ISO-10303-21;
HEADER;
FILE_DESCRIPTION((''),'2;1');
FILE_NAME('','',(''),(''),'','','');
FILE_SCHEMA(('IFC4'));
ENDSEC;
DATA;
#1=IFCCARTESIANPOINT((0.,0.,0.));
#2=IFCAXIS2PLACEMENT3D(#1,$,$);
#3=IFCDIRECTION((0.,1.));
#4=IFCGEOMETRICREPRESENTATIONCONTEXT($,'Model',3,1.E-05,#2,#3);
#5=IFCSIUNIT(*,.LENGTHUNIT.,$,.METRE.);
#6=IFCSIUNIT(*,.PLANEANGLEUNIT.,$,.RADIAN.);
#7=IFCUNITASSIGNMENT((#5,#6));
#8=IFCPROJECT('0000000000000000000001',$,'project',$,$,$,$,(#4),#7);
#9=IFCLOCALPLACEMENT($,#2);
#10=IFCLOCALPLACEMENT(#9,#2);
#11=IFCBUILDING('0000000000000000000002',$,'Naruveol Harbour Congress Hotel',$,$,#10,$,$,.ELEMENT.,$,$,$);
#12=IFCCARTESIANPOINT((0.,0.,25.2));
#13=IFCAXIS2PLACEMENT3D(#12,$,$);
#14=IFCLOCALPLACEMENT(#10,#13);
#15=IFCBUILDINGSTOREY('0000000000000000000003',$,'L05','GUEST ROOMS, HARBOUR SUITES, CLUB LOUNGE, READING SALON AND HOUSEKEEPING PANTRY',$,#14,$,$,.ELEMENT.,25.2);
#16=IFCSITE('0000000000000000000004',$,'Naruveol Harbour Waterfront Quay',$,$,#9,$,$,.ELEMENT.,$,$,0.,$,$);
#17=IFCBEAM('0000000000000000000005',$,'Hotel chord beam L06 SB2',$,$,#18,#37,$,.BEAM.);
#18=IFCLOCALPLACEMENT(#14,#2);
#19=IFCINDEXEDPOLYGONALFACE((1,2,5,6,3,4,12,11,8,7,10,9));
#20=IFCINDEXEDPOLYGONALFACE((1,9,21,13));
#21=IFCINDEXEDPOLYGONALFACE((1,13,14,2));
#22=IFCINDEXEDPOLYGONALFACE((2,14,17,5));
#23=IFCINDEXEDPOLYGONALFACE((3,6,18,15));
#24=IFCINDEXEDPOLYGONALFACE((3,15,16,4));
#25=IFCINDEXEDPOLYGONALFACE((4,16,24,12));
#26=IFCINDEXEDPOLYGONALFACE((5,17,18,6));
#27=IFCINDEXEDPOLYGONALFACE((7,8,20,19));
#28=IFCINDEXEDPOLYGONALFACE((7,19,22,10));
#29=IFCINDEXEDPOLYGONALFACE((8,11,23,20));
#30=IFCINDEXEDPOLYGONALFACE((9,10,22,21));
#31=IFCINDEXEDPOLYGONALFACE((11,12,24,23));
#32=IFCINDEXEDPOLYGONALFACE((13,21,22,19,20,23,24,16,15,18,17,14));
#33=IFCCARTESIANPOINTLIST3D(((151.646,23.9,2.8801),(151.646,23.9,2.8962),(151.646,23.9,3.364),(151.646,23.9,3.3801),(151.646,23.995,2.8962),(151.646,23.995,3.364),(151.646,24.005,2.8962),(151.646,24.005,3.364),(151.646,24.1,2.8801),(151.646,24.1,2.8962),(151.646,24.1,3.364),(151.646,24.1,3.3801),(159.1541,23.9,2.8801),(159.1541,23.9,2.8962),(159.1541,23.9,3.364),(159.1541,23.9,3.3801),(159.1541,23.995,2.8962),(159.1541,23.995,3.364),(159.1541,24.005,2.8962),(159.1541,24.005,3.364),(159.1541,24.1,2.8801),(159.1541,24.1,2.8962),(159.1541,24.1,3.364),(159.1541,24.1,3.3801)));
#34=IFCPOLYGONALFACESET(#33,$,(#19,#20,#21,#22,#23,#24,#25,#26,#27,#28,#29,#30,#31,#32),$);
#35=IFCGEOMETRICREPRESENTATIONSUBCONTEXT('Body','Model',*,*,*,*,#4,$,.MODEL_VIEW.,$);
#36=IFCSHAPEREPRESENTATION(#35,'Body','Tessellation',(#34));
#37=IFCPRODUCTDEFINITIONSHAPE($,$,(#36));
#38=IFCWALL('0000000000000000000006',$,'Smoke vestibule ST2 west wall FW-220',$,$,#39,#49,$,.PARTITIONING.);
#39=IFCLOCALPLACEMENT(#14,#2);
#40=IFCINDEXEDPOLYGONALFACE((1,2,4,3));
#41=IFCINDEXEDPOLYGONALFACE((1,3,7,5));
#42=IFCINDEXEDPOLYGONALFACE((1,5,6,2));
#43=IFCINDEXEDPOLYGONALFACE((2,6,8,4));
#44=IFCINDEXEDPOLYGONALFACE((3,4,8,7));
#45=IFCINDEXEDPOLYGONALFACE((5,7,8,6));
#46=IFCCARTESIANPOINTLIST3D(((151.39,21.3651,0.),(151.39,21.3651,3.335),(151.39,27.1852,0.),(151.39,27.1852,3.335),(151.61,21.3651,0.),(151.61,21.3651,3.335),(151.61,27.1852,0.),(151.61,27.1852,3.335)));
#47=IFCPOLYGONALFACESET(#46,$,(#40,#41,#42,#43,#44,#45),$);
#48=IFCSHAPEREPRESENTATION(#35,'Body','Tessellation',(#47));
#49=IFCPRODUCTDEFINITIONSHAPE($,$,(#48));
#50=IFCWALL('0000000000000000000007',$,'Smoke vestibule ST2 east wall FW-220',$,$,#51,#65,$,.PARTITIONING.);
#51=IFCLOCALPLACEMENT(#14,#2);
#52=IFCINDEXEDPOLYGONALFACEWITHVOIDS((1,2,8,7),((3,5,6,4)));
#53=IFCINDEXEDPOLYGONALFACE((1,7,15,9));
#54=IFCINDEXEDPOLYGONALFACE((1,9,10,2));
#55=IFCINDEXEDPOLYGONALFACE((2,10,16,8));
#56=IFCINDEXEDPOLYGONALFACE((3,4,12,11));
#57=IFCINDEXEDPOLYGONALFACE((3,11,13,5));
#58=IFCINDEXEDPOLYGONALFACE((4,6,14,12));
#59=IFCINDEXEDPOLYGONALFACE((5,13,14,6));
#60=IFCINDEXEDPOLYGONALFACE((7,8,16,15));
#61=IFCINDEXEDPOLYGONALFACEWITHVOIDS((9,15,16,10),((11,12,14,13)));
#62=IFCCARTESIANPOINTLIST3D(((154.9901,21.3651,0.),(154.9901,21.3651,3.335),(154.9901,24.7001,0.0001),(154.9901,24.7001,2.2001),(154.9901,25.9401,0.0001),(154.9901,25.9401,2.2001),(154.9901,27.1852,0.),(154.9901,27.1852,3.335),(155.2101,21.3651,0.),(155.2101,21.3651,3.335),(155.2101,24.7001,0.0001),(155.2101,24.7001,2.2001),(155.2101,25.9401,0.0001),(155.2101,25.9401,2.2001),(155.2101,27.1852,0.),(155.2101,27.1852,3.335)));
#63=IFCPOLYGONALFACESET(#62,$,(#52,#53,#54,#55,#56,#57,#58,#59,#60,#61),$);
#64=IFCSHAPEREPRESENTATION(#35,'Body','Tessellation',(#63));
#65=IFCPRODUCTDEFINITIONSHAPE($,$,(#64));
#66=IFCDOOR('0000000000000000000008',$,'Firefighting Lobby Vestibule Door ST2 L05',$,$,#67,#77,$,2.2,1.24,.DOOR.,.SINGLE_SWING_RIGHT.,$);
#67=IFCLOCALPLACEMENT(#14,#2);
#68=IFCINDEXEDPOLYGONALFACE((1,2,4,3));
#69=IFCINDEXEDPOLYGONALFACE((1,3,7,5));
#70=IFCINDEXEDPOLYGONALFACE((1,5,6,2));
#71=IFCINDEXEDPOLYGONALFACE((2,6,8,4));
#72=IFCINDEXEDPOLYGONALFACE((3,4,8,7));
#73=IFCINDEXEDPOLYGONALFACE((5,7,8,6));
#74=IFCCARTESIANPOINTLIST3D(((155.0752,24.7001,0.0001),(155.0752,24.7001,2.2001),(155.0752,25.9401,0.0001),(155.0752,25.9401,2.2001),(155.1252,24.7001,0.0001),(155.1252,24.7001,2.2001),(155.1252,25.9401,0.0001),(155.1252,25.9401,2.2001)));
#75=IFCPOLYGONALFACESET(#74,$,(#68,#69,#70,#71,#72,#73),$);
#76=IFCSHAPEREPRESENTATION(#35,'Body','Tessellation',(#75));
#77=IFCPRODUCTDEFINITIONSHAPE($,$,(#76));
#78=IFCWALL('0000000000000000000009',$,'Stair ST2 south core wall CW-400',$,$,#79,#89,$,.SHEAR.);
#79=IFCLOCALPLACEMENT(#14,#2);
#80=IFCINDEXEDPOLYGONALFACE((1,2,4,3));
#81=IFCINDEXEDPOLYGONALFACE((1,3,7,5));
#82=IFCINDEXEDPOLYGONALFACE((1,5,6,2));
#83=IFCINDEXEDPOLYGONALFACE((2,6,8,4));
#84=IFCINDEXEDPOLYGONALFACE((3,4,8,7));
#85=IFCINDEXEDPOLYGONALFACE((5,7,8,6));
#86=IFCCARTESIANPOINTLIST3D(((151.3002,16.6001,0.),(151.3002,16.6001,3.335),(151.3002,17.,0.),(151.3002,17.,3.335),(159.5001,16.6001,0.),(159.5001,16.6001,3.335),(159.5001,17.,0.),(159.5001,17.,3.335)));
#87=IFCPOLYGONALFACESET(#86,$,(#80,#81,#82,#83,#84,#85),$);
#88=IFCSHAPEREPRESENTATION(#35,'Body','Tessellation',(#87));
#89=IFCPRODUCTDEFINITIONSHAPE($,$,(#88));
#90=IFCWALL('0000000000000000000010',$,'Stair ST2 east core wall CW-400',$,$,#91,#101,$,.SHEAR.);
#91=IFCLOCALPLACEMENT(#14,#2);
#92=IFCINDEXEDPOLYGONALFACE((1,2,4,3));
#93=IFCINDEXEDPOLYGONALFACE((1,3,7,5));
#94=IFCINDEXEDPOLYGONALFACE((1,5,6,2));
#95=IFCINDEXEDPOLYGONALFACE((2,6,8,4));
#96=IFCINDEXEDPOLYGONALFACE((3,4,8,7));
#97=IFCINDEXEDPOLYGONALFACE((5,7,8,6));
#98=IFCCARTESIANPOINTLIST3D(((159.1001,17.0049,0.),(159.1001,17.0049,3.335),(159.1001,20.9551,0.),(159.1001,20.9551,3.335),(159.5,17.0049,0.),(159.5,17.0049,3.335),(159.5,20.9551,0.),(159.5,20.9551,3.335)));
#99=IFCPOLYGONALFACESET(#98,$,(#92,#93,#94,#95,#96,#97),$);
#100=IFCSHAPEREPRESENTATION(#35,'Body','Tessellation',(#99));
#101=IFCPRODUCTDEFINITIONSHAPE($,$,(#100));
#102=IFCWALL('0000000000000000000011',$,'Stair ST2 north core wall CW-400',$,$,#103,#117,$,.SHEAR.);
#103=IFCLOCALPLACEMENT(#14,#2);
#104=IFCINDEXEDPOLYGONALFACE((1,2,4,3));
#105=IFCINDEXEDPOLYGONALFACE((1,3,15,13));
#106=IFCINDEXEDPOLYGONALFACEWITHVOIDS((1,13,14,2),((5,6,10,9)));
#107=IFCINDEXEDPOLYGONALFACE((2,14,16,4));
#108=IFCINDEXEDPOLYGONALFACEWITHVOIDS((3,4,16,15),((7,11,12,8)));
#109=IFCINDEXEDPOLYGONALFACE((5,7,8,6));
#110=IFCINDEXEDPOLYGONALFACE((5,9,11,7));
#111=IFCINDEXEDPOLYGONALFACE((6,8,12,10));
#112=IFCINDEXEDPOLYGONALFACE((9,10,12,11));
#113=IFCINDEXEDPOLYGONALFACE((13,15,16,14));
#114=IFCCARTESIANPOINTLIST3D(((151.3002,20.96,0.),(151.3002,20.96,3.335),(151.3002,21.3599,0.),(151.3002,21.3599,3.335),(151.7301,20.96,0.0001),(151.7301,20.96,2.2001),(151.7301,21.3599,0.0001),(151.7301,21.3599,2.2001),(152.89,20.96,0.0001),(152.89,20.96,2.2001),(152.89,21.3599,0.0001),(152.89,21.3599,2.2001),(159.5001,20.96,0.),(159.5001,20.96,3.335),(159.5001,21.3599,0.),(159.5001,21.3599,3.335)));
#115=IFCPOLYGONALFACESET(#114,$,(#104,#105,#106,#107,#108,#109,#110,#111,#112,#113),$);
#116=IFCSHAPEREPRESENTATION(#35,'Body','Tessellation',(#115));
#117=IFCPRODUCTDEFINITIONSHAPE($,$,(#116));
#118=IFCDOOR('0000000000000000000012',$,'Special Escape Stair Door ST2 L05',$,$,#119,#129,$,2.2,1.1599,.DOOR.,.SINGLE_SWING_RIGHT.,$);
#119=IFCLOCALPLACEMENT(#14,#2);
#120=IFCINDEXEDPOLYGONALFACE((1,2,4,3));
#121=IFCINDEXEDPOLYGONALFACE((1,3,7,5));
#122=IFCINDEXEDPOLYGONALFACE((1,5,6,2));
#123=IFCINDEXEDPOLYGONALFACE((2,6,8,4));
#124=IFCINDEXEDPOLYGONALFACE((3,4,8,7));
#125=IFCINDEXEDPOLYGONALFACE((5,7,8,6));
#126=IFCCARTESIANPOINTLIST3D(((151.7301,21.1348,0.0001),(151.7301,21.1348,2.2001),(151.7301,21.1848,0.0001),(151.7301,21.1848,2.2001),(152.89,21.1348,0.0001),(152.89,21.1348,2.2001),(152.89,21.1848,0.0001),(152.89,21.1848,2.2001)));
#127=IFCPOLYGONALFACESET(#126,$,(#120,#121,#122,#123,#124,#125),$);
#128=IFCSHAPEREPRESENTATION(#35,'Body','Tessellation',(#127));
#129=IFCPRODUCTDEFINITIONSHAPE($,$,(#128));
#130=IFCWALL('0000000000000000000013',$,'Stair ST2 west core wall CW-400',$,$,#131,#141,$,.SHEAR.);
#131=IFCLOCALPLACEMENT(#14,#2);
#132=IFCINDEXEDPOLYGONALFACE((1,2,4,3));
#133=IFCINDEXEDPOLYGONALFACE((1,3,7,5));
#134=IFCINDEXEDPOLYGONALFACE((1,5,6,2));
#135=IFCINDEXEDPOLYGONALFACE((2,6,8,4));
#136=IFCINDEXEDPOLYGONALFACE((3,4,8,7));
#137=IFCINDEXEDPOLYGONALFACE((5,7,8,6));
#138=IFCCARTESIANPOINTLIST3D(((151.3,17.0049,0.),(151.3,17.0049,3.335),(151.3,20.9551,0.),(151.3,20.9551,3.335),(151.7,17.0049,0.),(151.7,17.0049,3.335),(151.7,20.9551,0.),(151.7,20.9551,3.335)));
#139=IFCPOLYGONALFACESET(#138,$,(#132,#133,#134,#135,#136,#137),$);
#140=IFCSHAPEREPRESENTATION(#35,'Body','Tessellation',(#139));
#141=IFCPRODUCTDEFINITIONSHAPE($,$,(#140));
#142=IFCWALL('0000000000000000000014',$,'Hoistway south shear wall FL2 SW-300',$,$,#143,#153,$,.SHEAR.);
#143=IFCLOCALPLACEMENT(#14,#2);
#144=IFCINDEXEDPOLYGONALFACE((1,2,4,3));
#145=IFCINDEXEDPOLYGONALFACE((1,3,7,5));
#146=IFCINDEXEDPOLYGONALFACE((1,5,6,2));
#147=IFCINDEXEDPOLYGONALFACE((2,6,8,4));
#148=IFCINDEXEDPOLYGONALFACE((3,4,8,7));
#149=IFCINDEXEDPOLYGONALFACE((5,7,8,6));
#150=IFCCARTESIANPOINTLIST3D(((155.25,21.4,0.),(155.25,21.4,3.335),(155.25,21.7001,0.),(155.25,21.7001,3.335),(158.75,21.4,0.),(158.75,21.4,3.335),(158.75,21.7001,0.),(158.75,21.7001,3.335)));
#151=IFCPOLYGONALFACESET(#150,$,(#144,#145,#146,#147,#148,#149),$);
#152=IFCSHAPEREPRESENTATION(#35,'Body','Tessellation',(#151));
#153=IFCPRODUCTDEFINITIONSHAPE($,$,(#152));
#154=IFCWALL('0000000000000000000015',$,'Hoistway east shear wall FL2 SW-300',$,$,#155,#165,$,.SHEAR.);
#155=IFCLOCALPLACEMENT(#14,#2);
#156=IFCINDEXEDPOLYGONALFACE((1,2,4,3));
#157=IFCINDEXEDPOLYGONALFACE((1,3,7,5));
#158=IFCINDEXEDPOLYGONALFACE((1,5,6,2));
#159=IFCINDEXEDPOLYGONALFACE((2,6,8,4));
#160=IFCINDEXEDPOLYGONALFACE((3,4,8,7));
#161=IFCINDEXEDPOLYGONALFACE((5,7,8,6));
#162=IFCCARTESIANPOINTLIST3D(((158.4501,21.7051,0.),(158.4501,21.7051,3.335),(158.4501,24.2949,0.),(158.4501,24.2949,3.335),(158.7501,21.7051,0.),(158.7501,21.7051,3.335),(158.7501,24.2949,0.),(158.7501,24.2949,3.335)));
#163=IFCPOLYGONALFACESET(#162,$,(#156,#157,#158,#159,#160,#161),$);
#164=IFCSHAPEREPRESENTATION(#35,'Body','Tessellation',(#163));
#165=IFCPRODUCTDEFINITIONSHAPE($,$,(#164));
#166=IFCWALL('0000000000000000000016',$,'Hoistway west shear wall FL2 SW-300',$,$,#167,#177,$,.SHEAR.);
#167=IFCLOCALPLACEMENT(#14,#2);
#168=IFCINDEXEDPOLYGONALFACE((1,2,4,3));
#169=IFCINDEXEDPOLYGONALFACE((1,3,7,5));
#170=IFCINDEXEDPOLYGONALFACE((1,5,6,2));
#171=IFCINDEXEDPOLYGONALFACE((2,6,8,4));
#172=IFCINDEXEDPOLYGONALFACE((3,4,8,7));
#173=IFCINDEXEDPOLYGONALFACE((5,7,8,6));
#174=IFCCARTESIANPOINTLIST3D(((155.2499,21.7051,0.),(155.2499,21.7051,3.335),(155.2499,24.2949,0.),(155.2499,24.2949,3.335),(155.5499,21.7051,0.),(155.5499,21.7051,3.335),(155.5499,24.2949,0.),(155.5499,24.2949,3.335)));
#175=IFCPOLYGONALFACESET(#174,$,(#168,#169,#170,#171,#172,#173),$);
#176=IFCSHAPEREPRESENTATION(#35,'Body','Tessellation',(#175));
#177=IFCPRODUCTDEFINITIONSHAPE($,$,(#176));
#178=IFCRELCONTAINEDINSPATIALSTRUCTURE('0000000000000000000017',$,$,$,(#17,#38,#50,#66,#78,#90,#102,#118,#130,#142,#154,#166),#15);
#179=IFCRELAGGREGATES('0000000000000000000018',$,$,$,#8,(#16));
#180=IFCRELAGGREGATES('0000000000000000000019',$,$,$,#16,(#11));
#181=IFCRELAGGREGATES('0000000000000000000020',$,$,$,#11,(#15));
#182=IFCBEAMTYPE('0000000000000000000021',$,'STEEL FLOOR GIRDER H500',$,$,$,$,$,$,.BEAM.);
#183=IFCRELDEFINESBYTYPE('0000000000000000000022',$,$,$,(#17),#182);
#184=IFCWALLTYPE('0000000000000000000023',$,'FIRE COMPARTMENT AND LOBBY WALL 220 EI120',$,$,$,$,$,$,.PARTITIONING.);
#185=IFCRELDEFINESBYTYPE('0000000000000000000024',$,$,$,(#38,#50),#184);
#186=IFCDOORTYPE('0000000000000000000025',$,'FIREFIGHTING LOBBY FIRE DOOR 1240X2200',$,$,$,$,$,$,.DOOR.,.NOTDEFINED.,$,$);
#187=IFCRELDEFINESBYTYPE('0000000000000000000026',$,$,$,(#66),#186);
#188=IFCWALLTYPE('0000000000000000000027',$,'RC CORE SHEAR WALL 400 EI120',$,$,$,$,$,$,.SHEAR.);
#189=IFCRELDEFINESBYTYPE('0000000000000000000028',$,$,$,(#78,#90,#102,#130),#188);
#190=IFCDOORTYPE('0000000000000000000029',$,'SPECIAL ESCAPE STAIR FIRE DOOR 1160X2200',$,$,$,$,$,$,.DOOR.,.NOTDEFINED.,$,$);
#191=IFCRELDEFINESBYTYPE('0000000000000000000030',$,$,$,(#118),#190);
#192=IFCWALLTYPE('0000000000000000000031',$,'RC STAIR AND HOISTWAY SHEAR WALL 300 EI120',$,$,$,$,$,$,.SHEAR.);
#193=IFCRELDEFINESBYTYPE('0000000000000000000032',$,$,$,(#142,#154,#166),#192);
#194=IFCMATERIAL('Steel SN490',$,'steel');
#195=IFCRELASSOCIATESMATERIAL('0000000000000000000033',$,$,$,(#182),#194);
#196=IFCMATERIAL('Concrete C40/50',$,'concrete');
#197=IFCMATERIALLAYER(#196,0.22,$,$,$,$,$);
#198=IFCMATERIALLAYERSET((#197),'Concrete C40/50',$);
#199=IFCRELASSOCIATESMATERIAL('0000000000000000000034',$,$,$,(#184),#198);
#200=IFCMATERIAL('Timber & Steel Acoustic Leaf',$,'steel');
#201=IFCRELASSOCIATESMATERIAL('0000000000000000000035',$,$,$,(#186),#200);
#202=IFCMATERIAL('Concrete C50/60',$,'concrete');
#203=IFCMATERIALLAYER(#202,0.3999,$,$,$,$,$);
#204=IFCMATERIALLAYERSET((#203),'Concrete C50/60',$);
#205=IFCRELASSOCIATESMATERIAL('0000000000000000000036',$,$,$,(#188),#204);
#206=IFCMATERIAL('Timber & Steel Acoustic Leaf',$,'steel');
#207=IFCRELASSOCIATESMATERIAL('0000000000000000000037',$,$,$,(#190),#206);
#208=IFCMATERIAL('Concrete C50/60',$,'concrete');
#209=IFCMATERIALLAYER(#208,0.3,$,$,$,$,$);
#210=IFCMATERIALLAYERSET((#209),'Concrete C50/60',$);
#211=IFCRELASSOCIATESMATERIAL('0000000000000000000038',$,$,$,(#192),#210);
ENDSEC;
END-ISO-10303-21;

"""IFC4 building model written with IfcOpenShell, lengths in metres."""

from ifc_helpers import new_model, si_unit, direction, frame, frame_2d, origin, origin_2d, place, context, subcontext, project, spatial, rectangle, i_section, extrude, material, layer, layer_set, material_profile, profile_set, type_object, element, fill, save


model = new_model("IFC4")

# Units and contexts
model_context = context("Model", 3, precision=1e-05, world=origin(), true_north=direction((0.0, 1.0)))
body_context = subcontext(model_context, "Body", "Model", "MODEL_VIEW")
ifc_project = project(units=[si_unit("LENGTHUNIT", "METRE"), si_unit("PLANEANGLEUNIT", "RADIAN")], contexts=[model_context])

# Site, building, storey
site_placement = place(None, origin())
site = spatial("IfcSite", under=ifc_project, at=site_placement, Name="Naruveol Harbour Waterfront Quay", CompositionType="ELEMENT", RefElevation=0.0)
building_placement = place(site_placement, origin())
building = spatial("IfcBuilding", under=site, at=building_placement, Name="Naruveol Harbour Congress Hotel", CompositionType="ELEMENT")
storey_placement = place(building_placement, frame((0.0, 0.0, 25.2)))
storey = spatial("IfcBuildingStorey", under=building, at=storey_placement, Name="L05", Description="GUEST ROOMS, HARBOUR SUITES, CLUB LOUNGE, READING SALON AND HOUSEKEEPING PANTRY", CompositionType="ELEMENT", Elevation=25.2)

# Beam
ifc_material_1 = material(Name="Steel SN490", Category="steel")
ifc_material_profile_1 = material_profile(ifc_material_1, i_section(OverallWidth=0.2, OverallDepth=0.5, WebThickness=0.01, FlangeThickness=0.0161, at=origin_2d()), Name="H-500x200x10x16")
ifc_profile_set_1 = profile_set([ifc_material_profile_1], Name="Steel SN490")
beam_type_1 = type_object("IfcBeamType", Name="STEEL FLOOR GIRDER H500", PredefinedType="BEAM", material=ifc_profile_set_1)
beam_1_placement = place(storey_placement, frame((151.646, 24.0, 3.1301), z_axis=(1.0, 0.0, 0.0), x_axis=(0.0, 1.0, 0.0)))
element("IfcBeam", 1, at=beam_1_placement, inside=storey, type_object=beam_type_1, Name="Hotel chord beam L06 SB2", PredefinedType="BEAM", context=body_context, shape_type="SweptSolid", body=[
    extrude(i_section(OverallWidth=0.2, OverallDepth=0.5, WebThickness=0.01, FlangeThickness=0.0161, at=origin_2d()), origin(), (0.0, 0.0, 1.0), 7.5081),
])

# Wall
ifc_material_2 = material(Name="Concrete C40/50", Category="concrete")
ifc_layer_1 = layer(ifc_material_2, 0.22)
ifc_layer_set_1 = layer_set([ifc_layer_1], Name="Concrete C40/50")
wall_type_1 = type_object("IfcWallType", Name="FIRE COMPARTMENT AND LOBBY WALL 220 EI120", PredefinedType="PARTITIONING", material=ifc_layer_set_1)
wall_1_placement = place(storey_placement, frame((151.5, 21.365, 0.0), z_axis=(0.0, 0.0, 1.0), x_axis=(0.0, 1.0, 0.0)))
element("IfcWall", 2, at=wall_1_placement, inside=storey, type_object=wall_type_1, Name="Smoke vestibule ST2 west wall FW-220", PredefinedType="PARTITIONING", context=body_context, shape_type="SweptSolid", body=[
    extrude(rectangle(XDim=5.8201, YDim=0.22, at=frame_2d((2.9102, 0.0))), origin(), (0.0, 0.0, 1.0), 3.335),
])

# Wall, opening, door
wall_2_placement = place(storey_placement, frame((155.1001, 21.365, 0.0), z_axis=(0.0, 0.0, 1.0), x_axis=(0.0, 1.0, 0.0)))
wall_2 = element("IfcWall", 3, at=wall_2_placement, inside=storey, type_object=wall_type_1, Name="Smoke vestibule ST2 east wall FW-220", PredefinedType="PARTITIONING", context=body_context, shape_type="SweptSolid", body=[
    extrude(rectangle(XDim=5.8201, YDim=0.22, at=frame_2d((2.9102, 0.0))), origin(), (0.0, 0.0, 1.0), 3.335),
])
opening_1_placement = place(wall_2_placement, frame((3.335, 0.0, 0.0)))
opening_1 = element("IfcOpeningElement", 4, at=opening_1_placement, cuts=wall_2, PredefinedType="OPENING", context=body_context, shape_type="SweptSolid", body=[
    extrude(rectangle(XDim=1.24, YDim=2.2, at=frame_2d((0.6201, 1.1001))), frame((0.0, 0.1199, 0.0), z_axis=(0.0, -1.0, 0.0), x_axis=(1.0, 0.0, 0.0)), (0.0, 0.0, 1.0), 0.24),
])
ifc_material_3 = material(Name="Timber & Steel Acoustic Leaf", Category="steel")
door_type_1 = type_object("IfcDoorType", Name="FIREFIGHTING LOBBY FIRE DOOR 1240X2200", OperationType="NOTDEFINED", PredefinedType="DOOR", material=ifc_material_3)
door_1_placement = place(opening_1_placement, origin())
door_1 = element("IfcDoor", 5, at=door_1_placement, inside=storey, type_object=door_type_1, Name="Firefighting Lobby Vestibule Door ST2 L05", OperationType="SINGLE_SWING_RIGHT", OverallHeight=2.2, OverallWidth=1.24, PredefinedType="DOOR", context=body_context, shape_type="SweptSolid", body=[
    extrude(rectangle(XDim=1.24, YDim=2.2, at=frame_2d((0.6201, 1.1001))), frame((0.0, 0.0249, 0.0), z_axis=(0.0, -1.0, 0.0), x_axis=(1.0, 0.0, 0.0)), (0.0, 0.0, 1.0), 0.05),
])
fill(opening_1, door_1)

# Walls
ifc_material_4 = material(Name="Concrete C50/60", Category="concrete")
ifc_layer_2 = layer(ifc_material_4, 0.3999)
ifc_layer_set_2 = layer_set([ifc_layer_2], Name="Concrete C50/60")
wall_type_2 = type_object("IfcWallType", Name="RC CORE SHEAR WALL 400 EI120", PredefinedType="SHEAR", material=ifc_layer_set_2)
wall_3_placement = place(storey_placement, frame((151.3, 16.8, 0.0), z_axis=(0.0, 0.0, 1.0), x_axis=(1.0, 0.0, 0.0)))
element("IfcWall", 6, at=wall_3_placement, inside=storey, type_object=wall_type_2, Name="Stair ST2 south core wall CW-400", PredefinedType="SHEAR", context=body_context, shape_type="SweptSolid", body=[
    extrude(rectangle(XDim=8.2, YDim=0.3999, at=frame_2d((4.1001, 0.0))), origin(), (0.0, 0.0, 1.0), 3.335),
])
wall_4_placement = place(storey_placement, frame((159.3, 17.0049, 0.0), z_axis=(0.0, 0.0, 1.0), x_axis=(0.0, 1.0, 0.0)))
element("IfcWall", 7, at=wall_4_placement, inside=storey, type_object=wall_type_2, Name="Stair ST2 east core wall CW-400", PredefinedType="SHEAR", context=body_context, shape_type="SweptSolid", body=[
    extrude(rectangle(XDim=3.9502, YDim=0.3999, at=frame_2d((1.9751, 0.0))), origin(), (0.0, 0.0, 1.0), 3.335),
])

# Wall, opening, door
wall_5_placement = place(storey_placement, frame((151.3, 21.1599, 0.0), z_axis=(0.0, 0.0, 1.0), x_axis=(1.0, 0.0, 0.0)))
wall_5 = element("IfcWall", 8, at=wall_5_placement, inside=storey, type_object=wall_type_2, Name="Stair ST2 north core wall CW-400", PredefinedType="SHEAR", context=body_context, shape_type="SweptSolid", body=[
    extrude(rectangle(XDim=8.2, YDim=0.3999, at=frame_2d((4.1001, 0.0))), origin(), (0.0, 0.0, 1.0), 3.335),
])
opening_2_placement = place(wall_5_placement, frame((0.4299, 0.0, 0.0)))
opening_2 = element("IfcOpeningElement", 9, at=opening_2_placement, cuts=wall_5, PredefinedType="OPENING", context=body_context, shape_type="SweptSolid", body=[
    extrude(rectangle(XDim=1.1599, YDim=2.2, at=frame_2d((0.5801, 1.1001))), frame((0.0, 0.21, 0.0), z_axis=(0.0, -1.0, 0.0), x_axis=(1.0, 0.0, 0.0)), (0.0, 0.0, 1.0), 0.4199),
])
ifc_material_5 = material(Name="Timber & Steel Acoustic Leaf", Category="steel")
door_type_2 = type_object("IfcDoorType", Name="SPECIAL ESCAPE STAIR FIRE DOOR 1160X2200", OperationType="NOTDEFINED", PredefinedType="DOOR", material=ifc_material_5)
door_2_placement = place(opening_2_placement, origin())
door_2 = element("IfcDoor", 10, at=door_2_placement, inside=storey, type_object=door_type_2, Name="Special Escape Stair Door ST2 L05", OperationType="SINGLE_SWING_RIGHT", OverallHeight=2.2, OverallWidth=1.1599, PredefinedType="DOOR", context=body_context, shape_type="SweptSolid", body=[
    extrude(rectangle(XDim=1.1599, YDim=2.2, at=frame_2d((0.5801, 1.1001))), frame((0.0, 0.0249, 0.0), z_axis=(0.0, -1.0, 0.0), x_axis=(1.0, 0.0, 0.0)), (0.0, 0.0, 1.0), 0.05),
])
fill(opening_2, door_2)

# Walls
wall_6_placement = place(storey_placement, frame((151.5, 17.0049, 0.0), z_axis=(0.0, 0.0, 1.0), x_axis=(0.0, 1.0, 0.0)))
element("IfcWall", 11, at=wall_6_placement, inside=storey, type_object=wall_type_2, Name="Stair ST2 west core wall CW-400", PredefinedType="SHEAR", context=body_context, shape_type="SweptSolid", body=[
    extrude(rectangle(XDim=3.9502, YDim=0.3999, at=frame_2d((1.9751, 0.0))), origin(), (0.0, 0.0, 1.0), 3.335),
])
ifc_material_6 = material(Name="Concrete C50/60", Category="concrete")
ifc_layer_3 = layer(ifc_material_6, 0.3)
ifc_layer_set_3 = layer_set([ifc_layer_3], Name="Concrete C50/60")
wall_type_3 = type_object("IfcWallType", Name="RC STAIR AND HOISTWAY SHEAR WALL 300 EI120", PredefinedType="SHEAR", material=ifc_layer_set_3)
wall_7_placement = place(storey_placement, frame((155.25, 21.55, 0.0), z_axis=(0.0, 0.0, 1.0), x_axis=(1.0, 0.0, 0.0)))
element("IfcWall", 12, at=wall_7_placement, inside=storey, type_object=wall_type_3, Name="Hoistway south shear wall FL2 SW-300", PredefinedType="SHEAR", context=body_context, shape_type="SweptSolid", body=[
    extrude(rectangle(XDim=3.5, YDim=0.3, at=frame_2d((1.75, 0.0))), origin(), (0.0, 0.0, 1.0), 3.335),
])
for number, where, z_axis, x_axis, name in (
    (13, (158.6001, 21.7051, 0.0), (0.0, 0.0, 1.0), (0.0, 1.0, 0.0), "Hoistway east shear wall FL2 SW-300"),
    (14, (155.3999, 24.2949, 0.0), (0.0, 0.0, 1.0), (0.0, -1.0, 0.0), "Hoistway west shear wall FL2 SW-300"),
):
    element("IfcWall", number, at=place(storey_placement, frame(where, z_axis=z_axis, x_axis=x_axis)), inside=storey, type_object=wall_type_3, Name=name, PredefinedType="SHEAR", context=body_context, shape_type="SweptSolid", body=[
        extrude(rectangle(XDim=2.5898, YDim=0.3, at=frame_2d((1.2949, 0.0))), origin(), (0.0, 0.0, 1.0), 3.335),
    ])

save(model, "model.ifc")
